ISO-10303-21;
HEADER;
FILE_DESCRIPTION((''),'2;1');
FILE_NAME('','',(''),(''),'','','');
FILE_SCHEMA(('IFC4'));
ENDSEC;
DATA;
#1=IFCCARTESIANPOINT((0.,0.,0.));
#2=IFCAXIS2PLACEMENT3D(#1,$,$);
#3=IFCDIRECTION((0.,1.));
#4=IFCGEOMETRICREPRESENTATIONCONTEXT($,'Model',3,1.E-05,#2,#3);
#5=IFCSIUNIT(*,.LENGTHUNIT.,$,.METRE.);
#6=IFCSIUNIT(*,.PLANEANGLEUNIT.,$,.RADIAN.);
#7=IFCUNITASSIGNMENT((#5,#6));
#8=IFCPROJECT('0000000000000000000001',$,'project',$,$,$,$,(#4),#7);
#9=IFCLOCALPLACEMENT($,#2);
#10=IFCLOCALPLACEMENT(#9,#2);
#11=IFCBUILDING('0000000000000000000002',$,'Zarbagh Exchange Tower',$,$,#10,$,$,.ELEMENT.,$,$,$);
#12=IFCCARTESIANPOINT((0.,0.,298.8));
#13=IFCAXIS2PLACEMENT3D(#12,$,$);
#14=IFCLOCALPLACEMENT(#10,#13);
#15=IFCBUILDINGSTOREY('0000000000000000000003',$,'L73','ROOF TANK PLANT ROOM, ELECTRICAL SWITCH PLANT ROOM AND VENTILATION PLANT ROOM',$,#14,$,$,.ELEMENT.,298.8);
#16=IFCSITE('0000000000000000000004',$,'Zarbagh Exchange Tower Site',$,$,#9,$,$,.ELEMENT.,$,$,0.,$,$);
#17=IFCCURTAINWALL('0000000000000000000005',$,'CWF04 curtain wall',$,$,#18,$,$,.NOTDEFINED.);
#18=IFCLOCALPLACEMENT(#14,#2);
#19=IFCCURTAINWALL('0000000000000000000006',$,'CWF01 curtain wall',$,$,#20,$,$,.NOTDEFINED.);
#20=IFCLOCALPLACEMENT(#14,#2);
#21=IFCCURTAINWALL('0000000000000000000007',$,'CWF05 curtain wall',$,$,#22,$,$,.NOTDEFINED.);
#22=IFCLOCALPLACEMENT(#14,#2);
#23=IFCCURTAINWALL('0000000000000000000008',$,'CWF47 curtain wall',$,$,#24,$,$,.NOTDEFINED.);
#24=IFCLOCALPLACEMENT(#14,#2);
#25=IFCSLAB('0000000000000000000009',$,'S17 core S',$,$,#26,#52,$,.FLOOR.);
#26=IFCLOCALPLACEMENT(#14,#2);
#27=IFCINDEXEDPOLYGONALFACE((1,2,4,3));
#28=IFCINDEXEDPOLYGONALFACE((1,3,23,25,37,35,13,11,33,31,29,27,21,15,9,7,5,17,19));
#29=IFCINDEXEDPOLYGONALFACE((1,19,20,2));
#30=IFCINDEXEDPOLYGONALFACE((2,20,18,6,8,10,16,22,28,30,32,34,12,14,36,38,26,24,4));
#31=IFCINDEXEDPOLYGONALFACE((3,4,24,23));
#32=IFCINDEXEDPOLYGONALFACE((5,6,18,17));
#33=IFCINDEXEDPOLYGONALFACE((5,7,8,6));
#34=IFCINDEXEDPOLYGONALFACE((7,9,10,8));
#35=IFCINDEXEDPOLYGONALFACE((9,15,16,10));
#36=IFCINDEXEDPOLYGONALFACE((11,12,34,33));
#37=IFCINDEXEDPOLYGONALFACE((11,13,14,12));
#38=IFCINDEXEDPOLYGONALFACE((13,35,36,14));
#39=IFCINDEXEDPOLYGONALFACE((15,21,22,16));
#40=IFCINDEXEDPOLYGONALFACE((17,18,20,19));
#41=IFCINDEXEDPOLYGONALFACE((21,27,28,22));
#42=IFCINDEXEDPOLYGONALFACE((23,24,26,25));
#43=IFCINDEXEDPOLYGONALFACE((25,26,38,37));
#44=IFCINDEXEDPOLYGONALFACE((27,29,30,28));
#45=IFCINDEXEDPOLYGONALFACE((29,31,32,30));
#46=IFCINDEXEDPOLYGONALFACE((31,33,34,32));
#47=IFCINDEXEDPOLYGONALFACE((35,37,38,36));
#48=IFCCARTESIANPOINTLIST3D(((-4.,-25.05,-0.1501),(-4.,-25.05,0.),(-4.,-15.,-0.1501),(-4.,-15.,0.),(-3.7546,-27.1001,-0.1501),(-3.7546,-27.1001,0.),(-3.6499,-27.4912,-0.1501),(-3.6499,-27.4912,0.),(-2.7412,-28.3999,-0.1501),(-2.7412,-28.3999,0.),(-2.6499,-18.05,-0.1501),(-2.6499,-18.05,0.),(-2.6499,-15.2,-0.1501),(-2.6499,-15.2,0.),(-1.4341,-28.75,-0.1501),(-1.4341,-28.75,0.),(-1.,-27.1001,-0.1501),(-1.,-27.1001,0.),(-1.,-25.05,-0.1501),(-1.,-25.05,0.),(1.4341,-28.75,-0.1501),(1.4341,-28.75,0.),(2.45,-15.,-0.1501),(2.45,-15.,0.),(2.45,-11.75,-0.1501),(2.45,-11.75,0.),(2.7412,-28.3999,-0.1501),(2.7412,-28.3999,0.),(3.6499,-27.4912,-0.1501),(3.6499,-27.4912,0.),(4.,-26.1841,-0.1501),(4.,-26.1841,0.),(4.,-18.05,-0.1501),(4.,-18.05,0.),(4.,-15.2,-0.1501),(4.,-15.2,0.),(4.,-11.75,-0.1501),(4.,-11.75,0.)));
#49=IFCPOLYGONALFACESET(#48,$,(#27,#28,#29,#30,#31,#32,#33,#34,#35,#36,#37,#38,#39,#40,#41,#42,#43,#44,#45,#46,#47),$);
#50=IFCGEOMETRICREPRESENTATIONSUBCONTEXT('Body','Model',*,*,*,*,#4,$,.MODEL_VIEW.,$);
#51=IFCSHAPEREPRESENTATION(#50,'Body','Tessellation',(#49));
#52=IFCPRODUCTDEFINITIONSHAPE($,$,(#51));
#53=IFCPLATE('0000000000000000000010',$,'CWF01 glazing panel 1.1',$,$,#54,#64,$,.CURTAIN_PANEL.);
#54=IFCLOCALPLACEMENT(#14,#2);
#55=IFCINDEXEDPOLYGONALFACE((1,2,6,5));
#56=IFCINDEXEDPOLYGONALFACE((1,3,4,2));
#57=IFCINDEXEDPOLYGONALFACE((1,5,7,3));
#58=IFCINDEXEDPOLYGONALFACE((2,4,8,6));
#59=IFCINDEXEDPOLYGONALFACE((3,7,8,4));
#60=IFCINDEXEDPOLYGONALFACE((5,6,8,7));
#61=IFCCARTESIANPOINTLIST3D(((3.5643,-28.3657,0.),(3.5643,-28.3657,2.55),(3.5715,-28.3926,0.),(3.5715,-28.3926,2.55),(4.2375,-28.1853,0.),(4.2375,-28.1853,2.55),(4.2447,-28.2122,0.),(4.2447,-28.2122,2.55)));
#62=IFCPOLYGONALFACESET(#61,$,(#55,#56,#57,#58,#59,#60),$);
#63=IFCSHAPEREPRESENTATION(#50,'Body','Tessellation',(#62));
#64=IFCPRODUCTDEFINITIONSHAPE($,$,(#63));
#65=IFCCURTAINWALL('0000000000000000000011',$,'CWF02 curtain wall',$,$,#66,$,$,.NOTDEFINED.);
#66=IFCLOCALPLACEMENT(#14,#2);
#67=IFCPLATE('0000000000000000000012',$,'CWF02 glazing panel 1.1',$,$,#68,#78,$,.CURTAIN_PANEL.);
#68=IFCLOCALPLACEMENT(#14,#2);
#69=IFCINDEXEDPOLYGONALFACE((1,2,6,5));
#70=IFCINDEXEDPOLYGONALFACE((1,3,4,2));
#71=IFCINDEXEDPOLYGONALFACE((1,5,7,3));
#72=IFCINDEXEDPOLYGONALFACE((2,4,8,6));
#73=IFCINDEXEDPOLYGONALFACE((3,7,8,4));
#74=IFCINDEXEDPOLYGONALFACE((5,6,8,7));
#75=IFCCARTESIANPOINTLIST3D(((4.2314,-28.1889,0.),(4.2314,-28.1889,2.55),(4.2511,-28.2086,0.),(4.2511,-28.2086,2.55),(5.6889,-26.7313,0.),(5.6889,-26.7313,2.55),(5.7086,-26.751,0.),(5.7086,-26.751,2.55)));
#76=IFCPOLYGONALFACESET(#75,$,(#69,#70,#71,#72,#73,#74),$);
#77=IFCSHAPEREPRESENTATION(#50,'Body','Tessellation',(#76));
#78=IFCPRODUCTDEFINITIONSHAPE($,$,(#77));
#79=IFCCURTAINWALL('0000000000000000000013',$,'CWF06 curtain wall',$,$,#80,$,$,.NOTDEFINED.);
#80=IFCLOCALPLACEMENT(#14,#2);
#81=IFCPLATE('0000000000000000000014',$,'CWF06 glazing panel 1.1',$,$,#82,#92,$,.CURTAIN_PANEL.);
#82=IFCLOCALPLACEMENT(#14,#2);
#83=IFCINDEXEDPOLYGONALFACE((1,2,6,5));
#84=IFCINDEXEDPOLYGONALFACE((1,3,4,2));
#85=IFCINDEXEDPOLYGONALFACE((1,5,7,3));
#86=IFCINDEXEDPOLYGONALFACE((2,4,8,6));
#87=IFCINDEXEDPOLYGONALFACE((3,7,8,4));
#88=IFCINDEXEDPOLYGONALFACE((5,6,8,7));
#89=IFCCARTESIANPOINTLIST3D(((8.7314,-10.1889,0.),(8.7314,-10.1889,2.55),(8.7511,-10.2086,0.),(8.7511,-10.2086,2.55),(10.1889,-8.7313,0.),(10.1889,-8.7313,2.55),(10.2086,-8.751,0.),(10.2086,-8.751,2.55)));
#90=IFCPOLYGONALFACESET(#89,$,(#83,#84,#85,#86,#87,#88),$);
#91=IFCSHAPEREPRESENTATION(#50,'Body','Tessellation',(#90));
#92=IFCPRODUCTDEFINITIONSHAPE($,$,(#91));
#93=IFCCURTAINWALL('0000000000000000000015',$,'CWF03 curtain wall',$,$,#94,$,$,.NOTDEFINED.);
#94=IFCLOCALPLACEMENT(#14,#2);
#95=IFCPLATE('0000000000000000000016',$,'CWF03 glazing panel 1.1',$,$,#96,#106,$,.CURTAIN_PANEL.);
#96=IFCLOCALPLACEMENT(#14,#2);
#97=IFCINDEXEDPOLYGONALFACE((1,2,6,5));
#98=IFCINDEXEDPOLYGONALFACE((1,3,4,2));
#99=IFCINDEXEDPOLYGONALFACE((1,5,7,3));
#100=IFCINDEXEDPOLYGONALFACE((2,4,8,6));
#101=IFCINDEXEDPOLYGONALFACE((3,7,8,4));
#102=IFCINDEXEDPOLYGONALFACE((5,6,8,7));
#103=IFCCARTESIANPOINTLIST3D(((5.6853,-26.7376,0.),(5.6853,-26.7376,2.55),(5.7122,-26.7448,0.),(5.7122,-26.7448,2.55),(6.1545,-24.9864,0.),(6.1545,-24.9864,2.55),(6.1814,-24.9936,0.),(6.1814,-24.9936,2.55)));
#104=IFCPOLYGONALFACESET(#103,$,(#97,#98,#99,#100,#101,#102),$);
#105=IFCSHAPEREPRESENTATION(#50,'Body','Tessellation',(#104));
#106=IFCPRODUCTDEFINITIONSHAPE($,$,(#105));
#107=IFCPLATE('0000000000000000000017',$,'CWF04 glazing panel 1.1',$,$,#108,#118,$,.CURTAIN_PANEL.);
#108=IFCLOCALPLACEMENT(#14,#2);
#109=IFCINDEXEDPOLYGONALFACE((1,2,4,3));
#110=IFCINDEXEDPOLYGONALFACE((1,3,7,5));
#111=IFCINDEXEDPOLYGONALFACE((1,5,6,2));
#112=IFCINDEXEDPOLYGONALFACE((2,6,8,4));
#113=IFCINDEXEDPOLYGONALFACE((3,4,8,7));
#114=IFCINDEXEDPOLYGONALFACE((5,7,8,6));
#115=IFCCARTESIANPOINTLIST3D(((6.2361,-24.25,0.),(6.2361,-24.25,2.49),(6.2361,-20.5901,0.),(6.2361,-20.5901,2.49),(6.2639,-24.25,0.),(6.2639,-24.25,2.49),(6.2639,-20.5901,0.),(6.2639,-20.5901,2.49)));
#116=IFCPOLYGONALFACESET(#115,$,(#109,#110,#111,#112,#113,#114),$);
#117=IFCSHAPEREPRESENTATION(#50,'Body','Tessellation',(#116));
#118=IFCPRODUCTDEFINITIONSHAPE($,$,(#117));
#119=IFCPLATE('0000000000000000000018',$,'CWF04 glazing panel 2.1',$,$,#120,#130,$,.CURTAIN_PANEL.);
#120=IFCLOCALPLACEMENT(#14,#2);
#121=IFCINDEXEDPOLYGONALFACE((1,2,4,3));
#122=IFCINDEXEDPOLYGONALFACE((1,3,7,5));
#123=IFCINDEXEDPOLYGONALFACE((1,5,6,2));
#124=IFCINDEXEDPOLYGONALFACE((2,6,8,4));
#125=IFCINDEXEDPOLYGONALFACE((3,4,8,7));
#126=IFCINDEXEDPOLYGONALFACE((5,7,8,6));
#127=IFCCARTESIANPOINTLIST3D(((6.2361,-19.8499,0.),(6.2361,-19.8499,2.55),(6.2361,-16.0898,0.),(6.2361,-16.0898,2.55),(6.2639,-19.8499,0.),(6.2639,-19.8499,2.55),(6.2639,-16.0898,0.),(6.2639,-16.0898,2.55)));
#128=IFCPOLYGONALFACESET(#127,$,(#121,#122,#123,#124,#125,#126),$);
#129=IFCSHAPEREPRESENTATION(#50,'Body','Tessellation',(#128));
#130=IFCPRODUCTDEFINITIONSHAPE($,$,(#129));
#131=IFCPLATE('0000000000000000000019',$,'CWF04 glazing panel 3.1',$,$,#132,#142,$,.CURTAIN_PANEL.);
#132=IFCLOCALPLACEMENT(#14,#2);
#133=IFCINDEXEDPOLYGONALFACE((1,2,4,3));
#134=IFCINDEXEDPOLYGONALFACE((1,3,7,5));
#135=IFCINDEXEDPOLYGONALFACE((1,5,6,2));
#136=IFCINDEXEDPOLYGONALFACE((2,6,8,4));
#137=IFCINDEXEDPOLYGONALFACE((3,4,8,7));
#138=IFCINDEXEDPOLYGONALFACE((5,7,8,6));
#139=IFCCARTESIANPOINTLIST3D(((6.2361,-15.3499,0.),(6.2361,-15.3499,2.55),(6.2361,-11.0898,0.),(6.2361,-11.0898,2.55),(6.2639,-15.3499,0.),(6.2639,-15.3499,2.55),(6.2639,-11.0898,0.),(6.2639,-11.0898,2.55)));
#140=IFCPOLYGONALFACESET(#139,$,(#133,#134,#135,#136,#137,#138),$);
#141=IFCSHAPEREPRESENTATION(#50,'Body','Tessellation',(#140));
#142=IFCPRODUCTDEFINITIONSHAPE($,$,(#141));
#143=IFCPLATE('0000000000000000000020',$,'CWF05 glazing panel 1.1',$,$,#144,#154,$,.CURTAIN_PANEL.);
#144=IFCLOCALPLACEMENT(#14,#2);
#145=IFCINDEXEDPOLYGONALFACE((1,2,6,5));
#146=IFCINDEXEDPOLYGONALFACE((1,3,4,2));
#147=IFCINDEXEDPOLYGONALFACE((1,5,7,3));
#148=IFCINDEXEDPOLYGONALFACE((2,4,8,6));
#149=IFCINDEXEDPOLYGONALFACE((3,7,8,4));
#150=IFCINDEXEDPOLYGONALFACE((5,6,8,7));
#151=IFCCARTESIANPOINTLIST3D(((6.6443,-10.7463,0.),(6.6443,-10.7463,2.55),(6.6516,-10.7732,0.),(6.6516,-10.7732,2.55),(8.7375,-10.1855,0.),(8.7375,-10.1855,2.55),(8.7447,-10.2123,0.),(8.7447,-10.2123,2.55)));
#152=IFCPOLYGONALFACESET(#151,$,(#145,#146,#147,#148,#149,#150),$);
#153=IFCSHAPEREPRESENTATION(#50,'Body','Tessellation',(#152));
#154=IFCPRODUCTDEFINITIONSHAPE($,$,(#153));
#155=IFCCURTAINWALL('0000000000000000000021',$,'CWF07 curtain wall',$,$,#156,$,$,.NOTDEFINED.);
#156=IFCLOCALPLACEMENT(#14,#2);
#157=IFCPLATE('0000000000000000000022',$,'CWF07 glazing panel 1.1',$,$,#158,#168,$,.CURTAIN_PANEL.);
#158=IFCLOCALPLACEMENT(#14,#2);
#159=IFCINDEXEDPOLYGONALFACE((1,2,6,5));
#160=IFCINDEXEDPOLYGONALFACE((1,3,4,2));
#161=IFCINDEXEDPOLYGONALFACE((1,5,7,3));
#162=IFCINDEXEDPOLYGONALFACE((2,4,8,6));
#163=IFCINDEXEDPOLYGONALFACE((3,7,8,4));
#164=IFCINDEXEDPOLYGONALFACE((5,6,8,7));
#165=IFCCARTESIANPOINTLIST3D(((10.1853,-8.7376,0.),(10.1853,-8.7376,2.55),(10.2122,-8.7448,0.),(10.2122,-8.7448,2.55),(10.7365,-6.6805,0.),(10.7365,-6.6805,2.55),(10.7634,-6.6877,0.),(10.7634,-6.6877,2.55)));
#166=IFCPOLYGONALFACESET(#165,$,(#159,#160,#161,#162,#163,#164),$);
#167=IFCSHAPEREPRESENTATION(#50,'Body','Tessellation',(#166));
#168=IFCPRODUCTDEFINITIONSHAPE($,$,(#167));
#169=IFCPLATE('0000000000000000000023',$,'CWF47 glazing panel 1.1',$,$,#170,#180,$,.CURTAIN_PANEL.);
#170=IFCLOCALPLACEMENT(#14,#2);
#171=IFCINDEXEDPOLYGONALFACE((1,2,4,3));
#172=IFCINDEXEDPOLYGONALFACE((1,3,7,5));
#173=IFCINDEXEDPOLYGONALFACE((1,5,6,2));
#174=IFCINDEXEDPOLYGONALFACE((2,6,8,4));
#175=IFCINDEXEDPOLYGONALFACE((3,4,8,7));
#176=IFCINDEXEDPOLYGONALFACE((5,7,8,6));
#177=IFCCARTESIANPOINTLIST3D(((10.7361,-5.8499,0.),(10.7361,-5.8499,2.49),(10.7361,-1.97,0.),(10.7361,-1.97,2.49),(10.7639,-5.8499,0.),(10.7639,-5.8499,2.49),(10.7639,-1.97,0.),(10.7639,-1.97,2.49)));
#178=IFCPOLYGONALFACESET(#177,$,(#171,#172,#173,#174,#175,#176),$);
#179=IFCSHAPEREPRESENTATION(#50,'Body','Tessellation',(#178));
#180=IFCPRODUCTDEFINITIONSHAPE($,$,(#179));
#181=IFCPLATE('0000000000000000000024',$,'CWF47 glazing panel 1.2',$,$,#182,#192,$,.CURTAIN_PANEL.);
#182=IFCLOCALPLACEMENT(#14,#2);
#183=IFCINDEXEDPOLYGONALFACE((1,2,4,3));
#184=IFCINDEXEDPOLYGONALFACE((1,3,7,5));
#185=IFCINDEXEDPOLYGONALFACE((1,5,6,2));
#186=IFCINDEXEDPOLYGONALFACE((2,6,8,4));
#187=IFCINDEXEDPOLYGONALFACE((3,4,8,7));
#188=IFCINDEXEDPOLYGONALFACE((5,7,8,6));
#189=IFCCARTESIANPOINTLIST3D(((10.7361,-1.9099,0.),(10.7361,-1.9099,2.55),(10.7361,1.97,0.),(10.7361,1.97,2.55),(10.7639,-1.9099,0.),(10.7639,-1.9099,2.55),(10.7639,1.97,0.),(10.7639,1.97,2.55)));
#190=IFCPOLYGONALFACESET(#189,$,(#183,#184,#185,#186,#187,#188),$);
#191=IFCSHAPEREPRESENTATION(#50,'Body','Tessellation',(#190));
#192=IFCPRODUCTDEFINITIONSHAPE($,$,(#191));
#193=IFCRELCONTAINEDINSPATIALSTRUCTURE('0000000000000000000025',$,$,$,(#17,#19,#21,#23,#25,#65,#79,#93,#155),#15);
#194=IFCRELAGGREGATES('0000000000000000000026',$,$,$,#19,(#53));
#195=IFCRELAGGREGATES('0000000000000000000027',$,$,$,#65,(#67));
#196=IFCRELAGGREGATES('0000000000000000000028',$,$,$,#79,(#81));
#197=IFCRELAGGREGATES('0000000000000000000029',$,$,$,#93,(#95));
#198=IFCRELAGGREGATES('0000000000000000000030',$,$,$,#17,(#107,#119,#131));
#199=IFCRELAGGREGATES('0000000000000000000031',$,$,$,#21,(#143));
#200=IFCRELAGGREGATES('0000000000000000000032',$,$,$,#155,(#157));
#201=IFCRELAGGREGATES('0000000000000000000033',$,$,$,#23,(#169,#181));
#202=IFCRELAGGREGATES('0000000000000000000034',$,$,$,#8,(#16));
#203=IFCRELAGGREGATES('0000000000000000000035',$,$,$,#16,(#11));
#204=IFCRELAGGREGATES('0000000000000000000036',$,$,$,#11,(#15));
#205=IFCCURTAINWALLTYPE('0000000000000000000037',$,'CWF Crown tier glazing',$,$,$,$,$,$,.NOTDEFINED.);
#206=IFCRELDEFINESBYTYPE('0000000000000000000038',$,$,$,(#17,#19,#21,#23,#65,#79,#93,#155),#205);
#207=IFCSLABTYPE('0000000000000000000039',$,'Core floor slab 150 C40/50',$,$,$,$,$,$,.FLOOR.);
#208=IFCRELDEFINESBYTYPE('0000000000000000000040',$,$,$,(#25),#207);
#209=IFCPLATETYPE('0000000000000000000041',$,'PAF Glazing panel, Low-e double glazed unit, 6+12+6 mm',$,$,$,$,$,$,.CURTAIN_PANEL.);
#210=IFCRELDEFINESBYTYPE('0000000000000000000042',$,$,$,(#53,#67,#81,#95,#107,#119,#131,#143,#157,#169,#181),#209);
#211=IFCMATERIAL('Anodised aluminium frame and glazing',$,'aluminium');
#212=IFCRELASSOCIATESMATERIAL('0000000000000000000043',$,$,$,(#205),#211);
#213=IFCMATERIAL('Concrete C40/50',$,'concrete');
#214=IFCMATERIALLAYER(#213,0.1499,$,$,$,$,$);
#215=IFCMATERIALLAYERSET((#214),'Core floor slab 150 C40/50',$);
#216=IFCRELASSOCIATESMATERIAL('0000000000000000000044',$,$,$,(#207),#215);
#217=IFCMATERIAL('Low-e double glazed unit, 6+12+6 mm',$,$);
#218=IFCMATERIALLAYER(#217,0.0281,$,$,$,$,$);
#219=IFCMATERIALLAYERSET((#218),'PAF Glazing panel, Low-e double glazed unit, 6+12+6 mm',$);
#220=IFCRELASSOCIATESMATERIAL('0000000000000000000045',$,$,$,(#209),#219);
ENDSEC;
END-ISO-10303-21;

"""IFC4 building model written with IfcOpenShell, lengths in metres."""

from ifc_helpers import new_model, si_unit, direction, frame, origin, place, context, subcontext, project, spatial, polyline, outline, extrude, source, transform, mapped, material, layer, layer_set, type_object, element, aggregate, save


model = new_model("IFC4")

# Units and contexts
model_context = context("Model", 3, precision=1e-05, world=origin(), true_north=direction((0.0, 1.0)))
body_context = subcontext(model_context, "Body", "Model", "MODEL_VIEW")
ifc_project = project(units=[si_unit("LENGTHUNIT", "METRE"), si_unit("PLANEANGLEUNIT", "RADIAN")], contexts=[model_context])

# Site, building, storey
site_placement = place(None, origin())
site = spatial("IfcSite", under=ifc_project, at=site_placement, Name="Zarbagh Exchange Tower Site", CompositionType="ELEMENT", RefElevation=0.0)
building_placement = place(site_placement, origin())
building = spatial("IfcBuilding", under=site, at=building_placement, Name="Zarbagh Exchange Tower", CompositionType="ELEMENT")
storey_placement = place(building_placement, frame((0.0, 0.0, 298.8)))
storey = spatial("IfcBuildingStorey", under=building, at=storey_placement, Name="L73", Description="ROOF TANK PLANT ROOM, ELECTRICAL SWITCH PLANT ROOM AND VENTILATION PLANT ROOM", CompositionType="ELEMENT", Elevation=298.8)

# Curtain walls
ifc_material_1 = material(Name="Anodised aluminium frame and glazing", Category="aluminium")
curtain_wall_type = type_object("IfcCurtainWallType", Name="CWF Crown tier glazing", PredefinedType="NOTDEFINED", material=ifc_material_1)
curtain_wall_1_placement = place(storey_placement, origin())
curtain_wall_1 = element("IfcCurtainWall", 1, at=curtain_wall_1_placement, inside=storey, type_object=curtain_wall_type, Name="CWF04 curtain wall", PredefinedType="NOTDEFINED")
placement = place(storey_placement, origin())
curtain_wall_2_placement = place(storey_placement, origin())
curtain_wall_2 = element("IfcCurtainWall", 2, at=curtain_wall_2_placement, inside=storey, type_object=curtain_wall_type, Name="CWF01 curtain wall", PredefinedType="NOTDEFINED")

# Curtain wall
curtain_wall_3_placement = place(storey_placement, origin())
curtain_wall_3 = element("IfcCurtainWall", 3, at=curtain_wall_3_placement, inside=storey, type_object=curtain_wall_type, Name="CWF05 curtain wall", PredefinedType="NOTDEFINED")

# Curtain wall
curtain_wall_4_placement = place(storey_placement, origin())
curtain_wall_4 = element("IfcCurtainWall", 4, at=curtain_wall_4_placement, inside=storey, type_object=curtain_wall_type, Name="CWF47 curtain wall", PredefinedType="NOTDEFINED")

# Slab
ifc_material_2 = material(Name="Concrete C40/50", Category="concrete")
ifc_layer_1 = layer(ifc_material_2, 0.1499)
ifc_layer_set_1 = layer_set([ifc_layer_1], Name="Core floor slab 150 C40/50")
slab_type = type_object("IfcSlabType", Name="Core floor slab 150 C40/50", PredefinedType="FLOOR", material=ifc_layer_set_1)
slab_1_placement = place(storey_placement, frame((0.0, 0.0, -0.1501)))
element("IfcSlab", 5, at=slab_1_placement, inside=storey, type_object=slab_type, Name="S17 core S", PredefinedType="FLOOR", context=body_context, shape_type="SweptSolid", body=[
    extrude(outline(polyline([(-2.7412, -28.3999), (-3.6499, -27.4912), (-3.8577, -26.7151), (-3.7546, -27.1001), (-1.0, -27.1001), (-1.0, -25.05), (-4.0, -25.05), (-4.0, -15.0), (2.45, -15.0), (2.45, -11.75), (4.0, -11.75), (4.0, -15.2), (-2.6499, -15.2), (-2.6499, -18.05), (4.0, -18.05), (4.0, -26.1841), (3.6499, -27.4912), (2.7412, -28.3999), (1.4341, -28.75), (-1.4341, -28.75), (-2.7412, -28.3999)])), origin(), (0.0, 0.0, 1.0), 0.1501),
])

# Plate
ifc_material_3 = material(Name="Low-e double glazed unit, 6+12+6 mm")
ifc_layer_2 = layer(ifc_material_3, 0.0281)
ifc_layer_set_2 = layer_set([ifc_layer_2], Name="PAF Glazing panel, Low-e double glazed unit, 6+12+6 mm")
plate_type = type_object("IfcPlateType", Name="PAF Glazing panel, Low-e double glazed unit, 6+12+6 mm", PredefinedType="CURTAIN_PANEL", material=ifc_layer_set_2)
shared_shape_1 = source(origin(), body_context, "Body", "SweptSolid", [
    extrude(outline(polyline([(0.0, -0.0139), (0.697, -0.0139), (0.697, 0.0139), (0.0, 0.0139), (0.0, -0.0139)])), origin(), (0.0, 0.0, 1.0), 2.55),
])
plate_1 = element("IfcPlate", 6, at=placement, type_object=plate_type, Name="CWF01 glazing panel 1.1", PredefinedType="CURTAIN_PANEL", context=body_context, shape_type="MappedRepresentation", body=[
    mapped(shared_shape_1, transform((3.5679, -28.3792, 0.0), x_axis=(0.965924, 0.258825, 0.0), y_axis=(-0.258825, 0.965924, 0.0), z_axis=(0.0, 0.0, 1.0))),
])
aggregate(curtain_wall_2, [plate_1])

# Curtain walls, plates
curtain_wall_5_placement = place(storey_placement, origin())
curtain_wall_5 = element("IfcCurtainWall", 7, at=curtain_wall_5_placement, inside=storey, type_object=curtain_wall_type, Name="CWF02 curtain wall", PredefinedType="NOTDEFINED")
shared_shape_2 = source(origin(), body_context, "Body", "SweptSolid", [
    extrude(outline(polyline([(0.0, -0.0139), (2.0613, -0.0139), (2.0613, 0.0139), (0.0, 0.0139), (0.0, -0.0139)])), origin(), (0.0, 0.0, 1.0), 2.55),
])
plate_2 = element("IfcPlate", 8, at=placement, type_object=plate_type, Name="CWF02 glazing panel 1.1", PredefinedType="CURTAIN_PANEL", context=body_context, shape_type="MappedRepresentation", body=[
    mapped(shared_shape_2, transform((4.2412, -28.1987, 0.0), x_axis=(0.707107, 0.707107, 0.0), y_axis=(-0.707107, 0.707107, 0.0), z_axis=(0.0, 0.0, 1.0))),
])
aggregate(curtain_wall_5, [plate_2])
curtain_wall_6_placement = place(storey_placement, origin())
curtain_wall_6 = element("IfcCurtainWall", 9, at=curtain_wall_6_placement, inside=storey, type_object=curtain_wall_type, Name="CWF06 curtain wall", PredefinedType="NOTDEFINED")
plate_3 = element("IfcPlate", 10, at=placement, type_object=plate_type, Name="CWF06 glazing panel 1.1", PredefinedType="CURTAIN_PANEL", context=body_context, shape_type="MappedRepresentation", body=[
    mapped(shared_shape_2, transform((8.7412, -10.1987, 0.0), x_axis=(0.707107, 0.707107, 0.0), y_axis=(-0.707107, 0.707107, 0.0), z_axis=(0.0, 0.0, 1.0))),
])
aggregate(curtain_wall_6, [plate_3])
curtain_wall_7_placement = place(storey_placement, origin())
curtain_wall_7 = element("IfcCurtainWall", 11, at=curtain_wall_7_placement, inside=storey, type_object=curtain_wall_type, Name="CWF03 curtain wall", PredefinedType="NOTDEFINED")
shared_shape_3 = source(origin(), body_context, "Body", "SweptSolid", [
    extrude(outline(polyline([(0.0, -0.0139), (1.813, -0.0139), (1.813, 0.0139), (0.0, 0.0139), (0.0, -0.0139)])), origin(), (0.0, 0.0, 1.0), 2.55),
])
plate_4 = element("IfcPlate", 12, at=placement, type_object=plate_type, Name="CWF03 glazing panel 1.1", PredefinedType="CURTAIN_PANEL", context=body_context, shape_type="MappedRepresentation", body=[
    mapped(shared_shape_3, transform((5.6987, -26.7412, 0.0), x_axis=(0.258825, 0.965924, 0.0), y_axis=(-0.965924, 0.258825, 0.0), z_axis=(0.0, 0.0, 1.0))),
])
aggregate(curtain_wall_7, [plate_4])

# Plates
shared_shape_4 = source(origin(), body_context, "Body", "SweptSolid", [
    extrude(outline(polyline([(0.0, -0.0139), (3.6599, -0.0139), (3.6599, 0.0139), (0.0, 0.0139), (0.0, -0.0139)])), origin(), (0.0, 0.0, 1.0), 2.49),
])
plate_5 = element("IfcPlate", 13, at=placement, type_object=plate_type, Name="CWF04 glazing panel 1.1", PredefinedType="CURTAIN_PANEL", context=body_context, shape_type="MappedRepresentation", body=[
    mapped(shared_shape_4, transform((6.25, -24.25, 0.0), x_axis=(0.0, 1.0, 0.0), y_axis=(-1.0, 0.0, 0.0), z_axis=(0.0, 0.0, 1.0))),
])
shared_shape_5 = source(origin(), body_context, "Body", "SweptSolid", [
    extrude(outline(polyline([(0.0, -0.0139), (3.76, -0.0139), (3.76, 0.0139), (0.0, 0.0139), (0.0, -0.0139)])), origin(), (0.0, 0.0, 1.0), 2.55),
])
plate_6 = element("IfcPlate", 14, at=placement, type_object=plate_type, Name="CWF04 glazing panel 2.1", PredefinedType="CURTAIN_PANEL", context=body_context, shape_type="MappedRepresentation", body=[
    mapped(shared_shape_5, transform((6.25, -19.8499, 0.0), x_axis=(0.0, 1.0, 0.0), y_axis=(-1.0, 0.0, 0.0), z_axis=(0.0, 0.0, 1.0))),
])
shared_shape_6 = source(origin(), body_context, "Body", "SweptSolid", [
    extrude(outline(polyline([(0.0, -0.0139), (4.26, -0.0139), (4.26, 0.0139), (0.0, 0.0139), (0.0, -0.0139)])), origin(), (0.0, 0.0, 1.0), 2.55),
])
plate_7 = element("IfcPlate", 15, at=placement, type_object=plate_type, Name="CWF04 glazing panel 3.1", PredefinedType="CURTAIN_PANEL", context=body_context, shape_type="MappedRepresentation", body=[
    mapped(shared_shape_6, transform((6.25, -15.3499, 0.0), x_axis=(0.0, 1.0, 0.0), y_axis=(-1.0, 0.0, 0.0), z_axis=(0.0, 0.0, 1.0))),
])
aggregate(curtain_wall_1, [plate_5, plate_6, plate_7])
shared_shape_7 = source(origin(), body_context, "Body", "SweptSolid", [
    extrude(outline(polyline([(0.0, -0.0139), (2.167, -0.0139), (2.167, 0.0139), (0.0, 0.0139), (0.0, -0.0139)])), origin(), (0.0, 0.0, 1.0), 2.55),
])
plate_8 = element("IfcPlate", 16, at=placement, type_object=plate_type, Name="CWF05 glazing panel 1.1", PredefinedType="CURTAIN_PANEL", context=body_context, shape_type="MappedRepresentation", body=[
    mapped(shared_shape_7, transform((6.6479, -10.7598, 0.0), x_axis=(0.965924, 0.258825, 0.0), y_axis=(-0.258825, 0.965924, 0.0), z_axis=(0.0, 0.0, 1.0))),
])
aggregate(curtain_wall_3, [plate_8])

# Curtain wall, plate
curtain_wall_8_placement = place(storey_placement, origin())
curtain_wall_8 = element("IfcCurtainWall", 17, at=curtain_wall_8_placement, inside=storey, type_object=curtain_wall_type, Name="CWF07 curtain wall", PredefinedType="NOTDEFINED")
shared_shape_8 = source(origin(), body_context, "Body", "SweptSolid", [
    extrude(outline(polyline([(0.0, -0.0139), (2.1296, -0.0139), (2.1296, 0.0139), (0.0, 0.0139), (0.0, -0.0139)])), origin(), (0.0, 0.0, 1.0), 2.55),
])
plate_9 = element("IfcPlate", 18, at=placement, type_object=plate_type, Name="CWF07 glazing panel 1.1", PredefinedType="CURTAIN_PANEL", context=body_context, shape_type="MappedRepresentation", body=[
    mapped(shared_shape_8, transform((10.1987, -8.7412, 0.0), x_axis=(0.258825, 0.965924, 0.0), y_axis=(-0.965924, 0.258825, 0.0), z_axis=(0.0, 0.0, 1.0))),
])
aggregate(curtain_wall_8, [plate_9])

# Plates
shared_shape_9 = source(origin(), body_context, "Body", "SweptSolid", [
    extrude(outline(polyline([(0.0, -0.0139), (3.8799, -0.0139), (3.8799, 0.0139), (0.0, 0.0139), (0.0, -0.0139)])), origin(), (0.0, 0.0, 1.0), 2.49),
])
plate_10 = element("IfcPlate", 19, at=placement, type_object=plate_type, Name="CWF47 glazing panel 1.1", PredefinedType="CURTAIN_PANEL", context=body_context, shape_type="MappedRepresentation", body=[
    mapped(shared_shape_9, transform((10.75, -5.8499, 0.0), x_axis=(0.0, 1.0, 0.0), y_axis=(-1.0, 0.0, 0.0), z_axis=(0.0, 0.0, 1.0))),
])
shared_shape_10 = source(origin(), body_context, "Body", "SweptSolid", [
    extrude(outline(polyline([(0.0, -0.0139), (3.8799, -0.0139), (3.8799, 0.0139), (0.0, 0.0139), (0.0, -0.0139)])), origin(), (0.0, 0.0, 1.0), 2.55),
])
plate_11 = element("IfcPlate", 20, at=placement, type_object=plate_type, Name="CWF47 glazing panel 1.2", PredefinedType="CURTAIN_PANEL", context=body_context, shape_type="MappedRepresentation", body=[
    mapped(shared_shape_10, transform((10.75, -1.9099, 0.0), x_axis=(0.0, 1.0, 0.0), y_axis=(-1.0, 0.0, 0.0), z_axis=(0.0, 0.0, 1.0))),
])
aggregate(curtain_wall_4, [plate_10, plate_11])

save(model, "model.ifc")
